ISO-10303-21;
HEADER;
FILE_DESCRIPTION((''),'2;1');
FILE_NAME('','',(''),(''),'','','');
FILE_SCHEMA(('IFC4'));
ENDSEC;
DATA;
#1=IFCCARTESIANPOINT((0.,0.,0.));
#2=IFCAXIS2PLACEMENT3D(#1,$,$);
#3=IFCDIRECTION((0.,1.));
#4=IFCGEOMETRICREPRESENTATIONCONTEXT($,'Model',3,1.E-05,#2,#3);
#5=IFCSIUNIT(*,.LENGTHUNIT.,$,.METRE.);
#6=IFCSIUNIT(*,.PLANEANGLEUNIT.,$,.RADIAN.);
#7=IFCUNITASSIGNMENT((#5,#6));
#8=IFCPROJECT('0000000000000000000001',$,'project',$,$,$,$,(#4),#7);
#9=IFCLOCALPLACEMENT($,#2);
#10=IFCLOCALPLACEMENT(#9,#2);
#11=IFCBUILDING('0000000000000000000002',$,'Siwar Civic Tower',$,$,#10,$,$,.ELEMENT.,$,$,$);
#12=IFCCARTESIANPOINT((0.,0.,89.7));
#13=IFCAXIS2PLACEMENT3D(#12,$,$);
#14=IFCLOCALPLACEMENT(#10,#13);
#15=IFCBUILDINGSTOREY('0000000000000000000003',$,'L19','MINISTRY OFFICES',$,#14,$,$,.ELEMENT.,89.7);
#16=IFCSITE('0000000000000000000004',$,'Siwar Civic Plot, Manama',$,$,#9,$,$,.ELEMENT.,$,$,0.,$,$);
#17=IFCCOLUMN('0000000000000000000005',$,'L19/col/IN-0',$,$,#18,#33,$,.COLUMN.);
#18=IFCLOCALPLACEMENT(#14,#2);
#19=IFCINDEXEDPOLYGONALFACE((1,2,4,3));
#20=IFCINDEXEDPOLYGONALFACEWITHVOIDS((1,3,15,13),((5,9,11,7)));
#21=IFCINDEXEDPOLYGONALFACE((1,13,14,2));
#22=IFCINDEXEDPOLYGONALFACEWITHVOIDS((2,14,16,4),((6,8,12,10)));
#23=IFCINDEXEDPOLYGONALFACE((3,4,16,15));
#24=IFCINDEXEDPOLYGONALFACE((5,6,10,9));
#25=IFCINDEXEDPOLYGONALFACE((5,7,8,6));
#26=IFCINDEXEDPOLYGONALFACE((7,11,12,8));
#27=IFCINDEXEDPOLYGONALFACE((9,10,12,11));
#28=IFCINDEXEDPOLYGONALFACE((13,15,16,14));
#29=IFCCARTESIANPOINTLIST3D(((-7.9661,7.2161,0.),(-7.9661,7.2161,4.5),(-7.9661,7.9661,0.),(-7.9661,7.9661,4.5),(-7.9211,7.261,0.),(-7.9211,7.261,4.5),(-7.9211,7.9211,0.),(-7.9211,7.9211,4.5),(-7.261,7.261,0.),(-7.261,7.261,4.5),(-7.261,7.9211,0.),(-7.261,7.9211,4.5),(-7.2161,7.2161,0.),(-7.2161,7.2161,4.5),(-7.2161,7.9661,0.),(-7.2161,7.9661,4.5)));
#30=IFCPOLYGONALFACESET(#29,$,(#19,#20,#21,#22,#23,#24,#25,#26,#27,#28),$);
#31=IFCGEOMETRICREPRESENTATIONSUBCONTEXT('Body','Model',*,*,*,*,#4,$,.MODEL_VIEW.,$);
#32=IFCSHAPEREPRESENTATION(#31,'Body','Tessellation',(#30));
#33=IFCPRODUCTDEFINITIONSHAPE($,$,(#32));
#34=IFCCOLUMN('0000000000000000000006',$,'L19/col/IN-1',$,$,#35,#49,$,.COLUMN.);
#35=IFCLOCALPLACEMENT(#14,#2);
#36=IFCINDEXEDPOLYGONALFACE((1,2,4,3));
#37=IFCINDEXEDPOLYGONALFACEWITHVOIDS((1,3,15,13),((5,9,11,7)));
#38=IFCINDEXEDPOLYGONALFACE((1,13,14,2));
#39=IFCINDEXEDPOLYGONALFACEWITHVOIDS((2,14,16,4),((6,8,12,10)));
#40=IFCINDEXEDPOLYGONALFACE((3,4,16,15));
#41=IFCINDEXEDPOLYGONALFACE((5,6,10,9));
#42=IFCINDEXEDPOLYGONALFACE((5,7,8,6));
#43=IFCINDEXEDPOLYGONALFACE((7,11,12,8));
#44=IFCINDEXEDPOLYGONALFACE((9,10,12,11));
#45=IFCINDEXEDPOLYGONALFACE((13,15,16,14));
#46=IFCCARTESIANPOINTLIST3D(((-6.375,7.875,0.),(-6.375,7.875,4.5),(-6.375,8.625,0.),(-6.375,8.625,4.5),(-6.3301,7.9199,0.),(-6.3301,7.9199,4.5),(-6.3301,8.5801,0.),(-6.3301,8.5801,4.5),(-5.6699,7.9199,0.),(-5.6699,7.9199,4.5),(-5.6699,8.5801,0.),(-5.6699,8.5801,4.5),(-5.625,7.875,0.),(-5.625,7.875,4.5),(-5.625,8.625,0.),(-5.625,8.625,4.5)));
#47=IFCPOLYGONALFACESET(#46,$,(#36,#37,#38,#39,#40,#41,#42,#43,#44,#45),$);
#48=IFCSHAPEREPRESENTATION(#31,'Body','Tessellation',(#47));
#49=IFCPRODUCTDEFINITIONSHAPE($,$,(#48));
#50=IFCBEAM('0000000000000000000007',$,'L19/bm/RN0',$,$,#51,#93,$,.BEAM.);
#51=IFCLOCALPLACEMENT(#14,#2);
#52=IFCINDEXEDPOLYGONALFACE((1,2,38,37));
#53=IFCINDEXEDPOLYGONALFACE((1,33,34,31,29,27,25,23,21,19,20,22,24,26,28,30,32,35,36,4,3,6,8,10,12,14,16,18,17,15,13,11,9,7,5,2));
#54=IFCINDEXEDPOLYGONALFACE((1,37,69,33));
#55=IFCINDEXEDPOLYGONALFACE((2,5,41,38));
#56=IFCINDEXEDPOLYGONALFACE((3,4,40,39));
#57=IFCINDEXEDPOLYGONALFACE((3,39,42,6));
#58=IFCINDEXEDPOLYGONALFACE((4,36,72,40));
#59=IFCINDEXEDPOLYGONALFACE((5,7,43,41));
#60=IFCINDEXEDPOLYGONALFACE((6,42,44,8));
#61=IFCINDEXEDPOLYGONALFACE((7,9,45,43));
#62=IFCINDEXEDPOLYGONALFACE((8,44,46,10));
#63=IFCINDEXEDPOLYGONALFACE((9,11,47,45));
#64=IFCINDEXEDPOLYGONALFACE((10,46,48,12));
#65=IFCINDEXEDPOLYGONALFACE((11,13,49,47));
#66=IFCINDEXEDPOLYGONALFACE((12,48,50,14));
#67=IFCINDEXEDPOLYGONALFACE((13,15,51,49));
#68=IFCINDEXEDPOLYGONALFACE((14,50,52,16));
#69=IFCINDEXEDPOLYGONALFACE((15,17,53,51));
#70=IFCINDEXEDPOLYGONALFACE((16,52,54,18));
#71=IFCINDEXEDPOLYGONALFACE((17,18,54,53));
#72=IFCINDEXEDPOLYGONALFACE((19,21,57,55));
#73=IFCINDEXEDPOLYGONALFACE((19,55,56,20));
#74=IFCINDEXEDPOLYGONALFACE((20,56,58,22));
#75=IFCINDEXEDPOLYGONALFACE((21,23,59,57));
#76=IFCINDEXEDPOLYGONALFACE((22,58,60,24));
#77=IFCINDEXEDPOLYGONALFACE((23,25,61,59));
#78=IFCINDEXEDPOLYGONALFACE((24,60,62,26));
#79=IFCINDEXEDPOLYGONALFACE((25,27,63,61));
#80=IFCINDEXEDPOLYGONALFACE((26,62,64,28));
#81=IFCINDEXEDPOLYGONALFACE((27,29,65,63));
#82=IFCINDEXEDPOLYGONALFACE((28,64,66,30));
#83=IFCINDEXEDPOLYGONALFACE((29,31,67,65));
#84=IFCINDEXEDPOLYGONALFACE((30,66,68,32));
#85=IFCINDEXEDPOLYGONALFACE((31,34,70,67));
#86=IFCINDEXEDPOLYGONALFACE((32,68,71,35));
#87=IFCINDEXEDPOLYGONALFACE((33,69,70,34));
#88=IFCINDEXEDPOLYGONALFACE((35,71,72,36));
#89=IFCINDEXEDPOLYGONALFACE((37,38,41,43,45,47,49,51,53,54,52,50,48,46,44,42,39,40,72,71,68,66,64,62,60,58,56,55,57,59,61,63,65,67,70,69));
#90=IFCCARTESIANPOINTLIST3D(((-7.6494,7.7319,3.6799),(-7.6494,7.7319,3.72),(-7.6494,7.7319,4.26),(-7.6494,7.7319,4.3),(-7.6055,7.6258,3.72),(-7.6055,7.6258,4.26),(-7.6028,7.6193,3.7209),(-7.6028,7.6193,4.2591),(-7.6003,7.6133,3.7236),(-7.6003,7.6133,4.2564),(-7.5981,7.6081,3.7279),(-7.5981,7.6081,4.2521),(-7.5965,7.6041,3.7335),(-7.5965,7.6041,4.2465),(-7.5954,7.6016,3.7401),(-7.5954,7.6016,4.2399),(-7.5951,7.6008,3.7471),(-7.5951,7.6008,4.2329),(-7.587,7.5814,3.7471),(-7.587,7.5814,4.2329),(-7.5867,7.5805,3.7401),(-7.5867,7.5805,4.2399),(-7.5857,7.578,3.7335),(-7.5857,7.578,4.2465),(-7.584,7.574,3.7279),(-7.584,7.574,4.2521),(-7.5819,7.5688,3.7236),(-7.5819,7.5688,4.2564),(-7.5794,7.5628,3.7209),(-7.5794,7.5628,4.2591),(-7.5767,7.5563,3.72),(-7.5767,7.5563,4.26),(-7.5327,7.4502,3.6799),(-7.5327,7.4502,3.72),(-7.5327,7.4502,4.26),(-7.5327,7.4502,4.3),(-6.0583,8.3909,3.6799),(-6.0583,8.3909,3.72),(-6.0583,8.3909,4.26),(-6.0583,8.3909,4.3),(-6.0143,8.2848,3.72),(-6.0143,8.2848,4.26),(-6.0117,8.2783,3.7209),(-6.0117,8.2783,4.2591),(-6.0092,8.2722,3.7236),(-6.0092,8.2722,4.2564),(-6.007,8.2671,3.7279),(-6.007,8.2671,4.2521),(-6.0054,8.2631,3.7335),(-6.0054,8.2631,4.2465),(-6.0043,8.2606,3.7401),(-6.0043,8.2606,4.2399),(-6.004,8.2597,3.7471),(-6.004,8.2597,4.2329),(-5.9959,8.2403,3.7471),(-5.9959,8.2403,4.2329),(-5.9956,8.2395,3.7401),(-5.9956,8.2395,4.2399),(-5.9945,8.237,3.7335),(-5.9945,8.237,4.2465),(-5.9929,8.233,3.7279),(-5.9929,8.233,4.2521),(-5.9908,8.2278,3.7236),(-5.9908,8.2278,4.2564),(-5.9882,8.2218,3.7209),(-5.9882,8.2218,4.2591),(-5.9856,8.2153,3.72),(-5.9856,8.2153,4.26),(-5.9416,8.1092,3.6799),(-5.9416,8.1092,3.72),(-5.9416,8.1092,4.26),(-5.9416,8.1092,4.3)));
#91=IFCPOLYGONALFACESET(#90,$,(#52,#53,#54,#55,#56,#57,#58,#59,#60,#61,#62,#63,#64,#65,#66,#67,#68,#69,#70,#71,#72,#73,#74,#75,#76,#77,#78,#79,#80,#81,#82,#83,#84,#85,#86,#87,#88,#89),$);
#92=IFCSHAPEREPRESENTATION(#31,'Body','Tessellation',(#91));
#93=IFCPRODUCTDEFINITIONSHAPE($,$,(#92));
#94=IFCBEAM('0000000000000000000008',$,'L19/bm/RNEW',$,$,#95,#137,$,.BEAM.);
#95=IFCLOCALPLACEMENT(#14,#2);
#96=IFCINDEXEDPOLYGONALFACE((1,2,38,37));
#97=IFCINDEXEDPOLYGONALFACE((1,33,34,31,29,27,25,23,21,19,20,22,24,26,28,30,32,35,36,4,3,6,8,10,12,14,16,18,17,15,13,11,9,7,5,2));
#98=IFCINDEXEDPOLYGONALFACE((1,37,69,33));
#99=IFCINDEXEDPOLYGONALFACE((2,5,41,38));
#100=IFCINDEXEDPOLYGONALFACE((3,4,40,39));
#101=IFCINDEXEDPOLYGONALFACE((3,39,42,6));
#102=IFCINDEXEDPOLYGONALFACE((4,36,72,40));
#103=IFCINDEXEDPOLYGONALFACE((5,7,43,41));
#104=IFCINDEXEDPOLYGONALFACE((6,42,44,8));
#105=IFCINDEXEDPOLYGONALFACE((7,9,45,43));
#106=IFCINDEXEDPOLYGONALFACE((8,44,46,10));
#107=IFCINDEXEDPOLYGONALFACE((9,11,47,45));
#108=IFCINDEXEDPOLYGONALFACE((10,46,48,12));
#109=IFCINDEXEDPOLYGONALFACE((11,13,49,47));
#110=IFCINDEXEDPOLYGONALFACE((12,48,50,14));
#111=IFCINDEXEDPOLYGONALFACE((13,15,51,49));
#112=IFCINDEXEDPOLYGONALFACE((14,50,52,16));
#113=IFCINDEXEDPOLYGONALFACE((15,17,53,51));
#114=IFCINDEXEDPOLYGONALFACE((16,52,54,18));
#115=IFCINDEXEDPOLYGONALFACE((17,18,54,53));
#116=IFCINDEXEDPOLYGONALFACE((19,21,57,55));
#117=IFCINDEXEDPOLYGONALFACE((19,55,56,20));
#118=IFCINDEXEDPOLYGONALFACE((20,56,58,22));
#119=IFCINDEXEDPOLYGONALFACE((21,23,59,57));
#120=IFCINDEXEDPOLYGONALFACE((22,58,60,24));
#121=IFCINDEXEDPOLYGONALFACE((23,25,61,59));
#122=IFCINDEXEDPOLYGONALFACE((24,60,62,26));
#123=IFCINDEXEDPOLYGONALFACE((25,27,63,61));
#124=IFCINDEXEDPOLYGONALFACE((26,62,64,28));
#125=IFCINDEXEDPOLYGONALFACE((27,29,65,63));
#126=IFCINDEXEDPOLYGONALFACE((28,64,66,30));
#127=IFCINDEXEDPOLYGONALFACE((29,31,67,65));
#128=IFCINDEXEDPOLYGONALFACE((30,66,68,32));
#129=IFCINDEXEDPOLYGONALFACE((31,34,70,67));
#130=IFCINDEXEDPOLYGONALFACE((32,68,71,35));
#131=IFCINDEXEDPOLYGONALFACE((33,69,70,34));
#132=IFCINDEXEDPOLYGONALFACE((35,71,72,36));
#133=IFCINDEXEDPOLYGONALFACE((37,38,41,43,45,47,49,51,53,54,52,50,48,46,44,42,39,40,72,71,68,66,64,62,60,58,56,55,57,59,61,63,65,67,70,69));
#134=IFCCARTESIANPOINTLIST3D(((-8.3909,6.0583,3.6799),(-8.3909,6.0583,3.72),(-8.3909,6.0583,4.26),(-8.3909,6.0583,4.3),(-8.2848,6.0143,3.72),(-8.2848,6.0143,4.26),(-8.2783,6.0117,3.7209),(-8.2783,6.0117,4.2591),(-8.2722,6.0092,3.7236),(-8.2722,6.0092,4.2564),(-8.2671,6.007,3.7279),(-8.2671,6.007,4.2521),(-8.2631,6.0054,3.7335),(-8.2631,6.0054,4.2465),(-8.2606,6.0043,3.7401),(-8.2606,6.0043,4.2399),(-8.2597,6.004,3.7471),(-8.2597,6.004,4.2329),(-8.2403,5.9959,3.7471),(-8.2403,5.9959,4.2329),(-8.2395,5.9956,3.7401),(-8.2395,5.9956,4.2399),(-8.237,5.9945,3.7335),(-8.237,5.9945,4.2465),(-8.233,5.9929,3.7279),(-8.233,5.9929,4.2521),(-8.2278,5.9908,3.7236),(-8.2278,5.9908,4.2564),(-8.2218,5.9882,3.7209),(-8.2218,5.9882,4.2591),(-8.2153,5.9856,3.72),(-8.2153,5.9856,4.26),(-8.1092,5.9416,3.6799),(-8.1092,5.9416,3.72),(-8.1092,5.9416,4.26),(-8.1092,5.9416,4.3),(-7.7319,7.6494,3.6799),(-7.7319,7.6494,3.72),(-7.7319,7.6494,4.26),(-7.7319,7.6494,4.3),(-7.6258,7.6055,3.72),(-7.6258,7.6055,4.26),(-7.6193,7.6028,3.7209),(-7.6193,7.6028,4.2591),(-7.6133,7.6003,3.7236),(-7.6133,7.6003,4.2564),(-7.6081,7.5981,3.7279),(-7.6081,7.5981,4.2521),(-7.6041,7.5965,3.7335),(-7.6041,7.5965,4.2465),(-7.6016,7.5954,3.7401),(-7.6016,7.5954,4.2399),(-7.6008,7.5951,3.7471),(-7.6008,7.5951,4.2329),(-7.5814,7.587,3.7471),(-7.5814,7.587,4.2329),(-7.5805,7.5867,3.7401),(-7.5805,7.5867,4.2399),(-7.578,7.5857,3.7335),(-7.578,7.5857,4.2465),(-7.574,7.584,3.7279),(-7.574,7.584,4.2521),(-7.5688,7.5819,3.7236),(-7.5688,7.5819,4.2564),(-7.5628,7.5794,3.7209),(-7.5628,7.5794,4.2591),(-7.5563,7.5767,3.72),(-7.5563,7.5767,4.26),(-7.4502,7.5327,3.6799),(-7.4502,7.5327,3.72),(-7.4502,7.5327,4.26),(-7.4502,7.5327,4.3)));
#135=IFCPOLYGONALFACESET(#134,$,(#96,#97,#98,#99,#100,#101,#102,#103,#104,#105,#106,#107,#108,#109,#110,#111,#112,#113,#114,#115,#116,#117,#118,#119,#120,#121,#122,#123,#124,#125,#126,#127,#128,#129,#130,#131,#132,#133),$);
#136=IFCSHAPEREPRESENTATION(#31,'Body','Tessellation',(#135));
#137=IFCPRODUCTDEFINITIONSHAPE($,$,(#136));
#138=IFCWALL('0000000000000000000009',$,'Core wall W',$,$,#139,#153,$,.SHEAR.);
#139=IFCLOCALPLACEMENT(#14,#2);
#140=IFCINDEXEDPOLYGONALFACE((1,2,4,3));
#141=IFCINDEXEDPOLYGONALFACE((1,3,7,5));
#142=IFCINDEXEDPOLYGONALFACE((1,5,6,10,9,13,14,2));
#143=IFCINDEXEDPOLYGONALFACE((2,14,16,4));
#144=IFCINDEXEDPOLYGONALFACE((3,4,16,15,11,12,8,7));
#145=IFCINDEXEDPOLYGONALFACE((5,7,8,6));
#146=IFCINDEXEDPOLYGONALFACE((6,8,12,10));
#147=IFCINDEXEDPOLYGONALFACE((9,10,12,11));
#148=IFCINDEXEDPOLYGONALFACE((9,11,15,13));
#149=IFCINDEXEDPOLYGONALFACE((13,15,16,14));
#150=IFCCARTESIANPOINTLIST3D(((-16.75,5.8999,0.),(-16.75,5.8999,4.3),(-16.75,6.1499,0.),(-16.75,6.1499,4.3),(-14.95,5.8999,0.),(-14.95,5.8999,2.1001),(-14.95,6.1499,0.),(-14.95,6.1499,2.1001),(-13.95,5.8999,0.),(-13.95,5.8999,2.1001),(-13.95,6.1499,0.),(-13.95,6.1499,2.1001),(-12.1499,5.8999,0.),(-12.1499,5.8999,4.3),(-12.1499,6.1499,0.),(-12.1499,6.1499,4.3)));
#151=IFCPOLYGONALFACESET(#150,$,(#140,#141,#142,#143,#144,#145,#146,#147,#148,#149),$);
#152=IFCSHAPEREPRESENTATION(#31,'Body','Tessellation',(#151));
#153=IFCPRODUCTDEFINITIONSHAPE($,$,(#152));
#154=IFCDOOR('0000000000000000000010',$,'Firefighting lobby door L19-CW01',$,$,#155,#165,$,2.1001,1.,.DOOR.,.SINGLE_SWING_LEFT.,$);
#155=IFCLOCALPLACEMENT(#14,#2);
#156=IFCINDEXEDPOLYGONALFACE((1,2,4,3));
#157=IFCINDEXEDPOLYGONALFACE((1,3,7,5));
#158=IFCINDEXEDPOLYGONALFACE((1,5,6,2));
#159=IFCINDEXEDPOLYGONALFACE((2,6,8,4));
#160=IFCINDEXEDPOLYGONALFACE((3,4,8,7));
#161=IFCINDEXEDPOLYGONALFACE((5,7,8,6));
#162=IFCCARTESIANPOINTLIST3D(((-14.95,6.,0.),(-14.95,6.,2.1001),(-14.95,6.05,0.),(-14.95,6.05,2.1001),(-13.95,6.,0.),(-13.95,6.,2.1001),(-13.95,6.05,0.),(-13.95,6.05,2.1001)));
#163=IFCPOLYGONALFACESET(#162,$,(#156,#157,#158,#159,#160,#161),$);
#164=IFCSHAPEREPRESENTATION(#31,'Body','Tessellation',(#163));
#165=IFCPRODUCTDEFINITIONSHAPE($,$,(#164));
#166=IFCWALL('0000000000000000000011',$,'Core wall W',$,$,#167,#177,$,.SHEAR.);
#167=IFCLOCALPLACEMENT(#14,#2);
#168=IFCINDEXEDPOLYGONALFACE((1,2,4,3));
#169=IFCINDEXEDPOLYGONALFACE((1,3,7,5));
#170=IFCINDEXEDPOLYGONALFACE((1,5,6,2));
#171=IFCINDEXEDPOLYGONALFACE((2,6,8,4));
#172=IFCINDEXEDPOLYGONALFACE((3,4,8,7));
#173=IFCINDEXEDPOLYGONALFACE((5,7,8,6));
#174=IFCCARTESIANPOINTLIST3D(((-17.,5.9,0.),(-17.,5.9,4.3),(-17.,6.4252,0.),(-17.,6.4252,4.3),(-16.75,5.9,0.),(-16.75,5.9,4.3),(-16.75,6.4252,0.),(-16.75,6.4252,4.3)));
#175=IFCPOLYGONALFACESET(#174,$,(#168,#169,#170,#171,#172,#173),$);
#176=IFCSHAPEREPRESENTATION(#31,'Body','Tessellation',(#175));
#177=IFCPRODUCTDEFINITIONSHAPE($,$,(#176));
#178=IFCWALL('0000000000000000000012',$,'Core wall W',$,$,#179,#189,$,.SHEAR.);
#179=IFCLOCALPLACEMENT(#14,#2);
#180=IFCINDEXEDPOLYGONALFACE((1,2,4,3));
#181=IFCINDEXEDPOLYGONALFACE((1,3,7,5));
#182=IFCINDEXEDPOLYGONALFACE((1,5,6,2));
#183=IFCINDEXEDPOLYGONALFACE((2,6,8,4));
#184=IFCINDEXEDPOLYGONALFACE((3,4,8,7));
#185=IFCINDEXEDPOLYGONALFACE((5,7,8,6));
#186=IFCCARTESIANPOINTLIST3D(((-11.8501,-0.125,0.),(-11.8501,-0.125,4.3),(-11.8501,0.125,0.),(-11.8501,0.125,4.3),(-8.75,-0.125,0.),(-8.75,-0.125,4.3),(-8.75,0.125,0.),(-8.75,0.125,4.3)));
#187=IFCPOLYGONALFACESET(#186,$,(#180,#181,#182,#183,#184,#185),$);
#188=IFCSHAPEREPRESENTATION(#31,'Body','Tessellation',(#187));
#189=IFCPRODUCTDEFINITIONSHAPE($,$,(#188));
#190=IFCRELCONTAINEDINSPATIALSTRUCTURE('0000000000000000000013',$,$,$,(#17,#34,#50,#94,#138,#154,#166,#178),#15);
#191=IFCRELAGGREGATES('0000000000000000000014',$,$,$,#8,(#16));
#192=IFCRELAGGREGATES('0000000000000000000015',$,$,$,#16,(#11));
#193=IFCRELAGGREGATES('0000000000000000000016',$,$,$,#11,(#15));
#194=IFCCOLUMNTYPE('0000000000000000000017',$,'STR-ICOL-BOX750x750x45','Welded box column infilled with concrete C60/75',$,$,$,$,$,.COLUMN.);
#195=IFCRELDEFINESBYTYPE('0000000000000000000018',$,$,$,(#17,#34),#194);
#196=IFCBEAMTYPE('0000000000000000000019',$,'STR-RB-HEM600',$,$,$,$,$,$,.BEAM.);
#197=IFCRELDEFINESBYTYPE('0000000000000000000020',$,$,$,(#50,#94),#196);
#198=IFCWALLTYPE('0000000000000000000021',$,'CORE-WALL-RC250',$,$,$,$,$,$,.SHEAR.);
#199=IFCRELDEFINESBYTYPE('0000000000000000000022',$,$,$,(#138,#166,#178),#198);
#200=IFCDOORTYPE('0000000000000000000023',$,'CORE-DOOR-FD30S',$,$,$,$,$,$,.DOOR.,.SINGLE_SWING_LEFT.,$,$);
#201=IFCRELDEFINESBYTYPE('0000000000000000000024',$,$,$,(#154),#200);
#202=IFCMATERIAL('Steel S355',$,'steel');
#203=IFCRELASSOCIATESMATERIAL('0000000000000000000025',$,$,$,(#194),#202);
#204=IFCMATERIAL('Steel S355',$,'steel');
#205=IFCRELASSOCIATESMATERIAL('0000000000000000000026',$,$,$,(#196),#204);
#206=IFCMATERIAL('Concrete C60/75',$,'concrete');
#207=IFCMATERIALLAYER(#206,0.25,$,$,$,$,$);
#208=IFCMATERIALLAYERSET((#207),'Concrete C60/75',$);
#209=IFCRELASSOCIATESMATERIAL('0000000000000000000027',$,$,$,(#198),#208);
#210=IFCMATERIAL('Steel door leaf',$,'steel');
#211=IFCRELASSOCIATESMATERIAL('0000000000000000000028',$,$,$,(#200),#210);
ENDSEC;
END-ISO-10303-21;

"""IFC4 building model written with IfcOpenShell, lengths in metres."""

from ifc_helpers import new_model, si_unit, direction, frame, frame_2d, origin, origin_2d, place, context, subcontext, project, spatial, rectangle, hollow_rectangle, i_section, extrude, material, layer, layer_set, material_profile, profile_set, type_object, element, fill, save


model = new_model("IFC4")

# Units and contexts
model_context = context("Model", 3, precision=1e-05, world=origin(), true_north=direction((0.0, 1.0)))
body_context = subcontext(model_context, "Body", "Model", "MODEL_VIEW")
ifc_project = project(units=[si_unit("LENGTHUNIT", "METRE"), si_unit("PLANEANGLEUNIT", "RADIAN")], contexts=[model_context])

# Site, building, storey
site_placement = place(None, origin())
site = spatial("IfcSite", under=ifc_project, at=site_placement, Name="Siwar Civic Plot, Manama", CompositionType="ELEMENT", RefElevation=0.0)
building_placement = place(site_placement, origin())
building = spatial("IfcBuilding", under=site, at=building_placement, Name="Siwar Civic Tower", CompositionType="ELEMENT")
storey_placement = place(building_placement, frame((0.0, 0.0, 89.7)))
storey = spatial("IfcBuildingStorey", under=building, at=storey_placement, Name="L19", Description="MINISTRY OFFICES", CompositionType="ELEMENT", Elevation=89.7)

# Columns
ifc_material_1 = material(Name="Steel S355", Category="steel")
ifc_material_profile_1 = material_profile(ifc_material_1, hollow_rectangle(XDim=0.75, YDim=0.75, WallThickness=0.0449, at=origin_2d()), Name="BOX750x750x45")
ifc_profile_set_1 = profile_set([ifc_material_profile_1], Name="Steel S355")
column_type = type_object("IfcColumnType", Name="STR-ICOL-BOX750x750x45", Description="Welded box column infilled with concrete C60/75", PredefinedType="COLUMN", material=ifc_profile_set_1)
for number, where, z_axis, x_axis, name in (
    (1, (-7.5911, 7.5911, 0.0), (0.0, 0.0, 1.0), (1.0, 0.0, 0.0), "L19/col/IN-0"),
    (2, (-6.0, 8.25, 0.0), (0.0, 0.0, 1.0), (1.0, 0.0, 0.0), "L19/col/IN-1"),
):
    element("IfcColumn", number, at=place(storey_placement, frame(where, z_axis=z_axis, x_axis=x_axis)), inside=storey, type_object=column_type, Name=name, PredefinedType="COLUMN", context=body_context, shape_type="SweptSolid", body=[
        extrude(hollow_rectangle(XDim=0.75, YDim=0.75, WallThickness=0.0449, at=origin_2d()), origin(), (0.0, 0.0, 1.0), 4.5),
    ])

# Beams
ifc_material_2 = material(Name="Steel S355", Category="steel")
ifc_material_profile_2 = material_profile(ifc_material_2, i_section(OverallWidth=0.3049, OverallDepth=0.6201, WebThickness=0.021, FlangeThickness=0.04, FilletRadius=0.0271, at=origin_2d()), Name="HEM600")
ifc_profile_set_2 = profile_set([ifc_material_profile_2], Name="Steel S355")
beam_type = type_object("IfcBeamType", Name="STR-RB-HEM600", PredefinedType="BEAM", material=ifc_profile_set_2)
for number, where, z_axis, x_axis, name in (
    (3, (-7.5911, 7.5911, 3.99), (0.923901, 0.382631, 0.0), (-0.382631, 0.923901, 0.0), "L19/bm/RN0"),
    (4, (-7.5911, 7.5911, 3.99), (-0.382631, -0.923901, 0.0), (0.923901, -0.382631, 0.0), "L19/bm/RNEW"),
):
    element("IfcBeam", number, at=place(storey_placement, frame(where, z_axis=z_axis, x_axis=x_axis)), inside=storey, type_object=beam_type, Name=name, PredefinedType="BEAM", context=body_context, shape_type="SweptSolid", body=[
        extrude(i_section(OverallWidth=0.3049, OverallDepth=0.6201, WebThickness=0.021, FlangeThickness=0.04, FilletRadius=0.0271, at=origin_2d()), origin(), (0.0, 0.0, 1.0), 1.7222),
    ])

# Wall, opening, door
ifc_material_3 = material(Name="Concrete C60/75", Category="concrete")
ifc_layer_1 = layer(ifc_material_3, 0.25)
ifc_layer_set_1 = layer_set([ifc_layer_1], Name="Concrete C60/75")
wall_type_1 = type_object("IfcWallType", Name="CORE-WALL-RC250", PredefinedType="SHEAR", material=ifc_layer_set_1)
wall_1_placement = place(storey_placement, frame((-12.1499, 6.0249, 0.0), z_axis=(0.0, 0.0, 1.0), x_axis=(-1.0, 0.0, 0.0)))
wall_1 = element("IfcWall", 5, at=wall_1_placement, inside=storey, type_object=wall_type_1, Name="Core wall W", PredefinedType="SHEAR", context=body_context, shape_type="SweptSolid", body=[
    extrude(rectangle(XDim=4.6001, YDim=0.25, at=frame_2d((2.3, 0.0))), origin(), (0.0, 0.0, 1.0), 4.3),
])
opening_placement = place(wall_1_placement, frame((1.8, 0.0, 0.0)))
opening = element("IfcOpeningElement", 6, at=opening_placement, cuts=wall_1, PredefinedType="OPENING", context=body_context, shape_type="SweptSolid", body=[
    extrude(rectangle(XDim=1.0, YDim=2.1001, at=frame_2d((0.5, 1.05))), frame((0.0, 0.135, 0.0), z_axis=(0.0, -1.0, 0.0), x_axis=(1.0, 0.0, 0.0)), (0.0, 0.0, 1.0), 0.27),
])
ifc_material_4 = material(Name="Steel door leaf", Category="steel")
door_type = type_object("IfcDoorType", Name="CORE-DOOR-FD30S", OperationType="SINGLE_SWING_LEFT", PredefinedType="DOOR", material=ifc_material_4)
door_placement = place(opening_placement, origin())
door = element("IfcDoor", 7, at=door_placement, inside=storey, type_object=door_type, Name="Firefighting lobby door L19-CW01", OperationType="SINGLE_SWING_LEFT", OverallHeight=2.1001, OverallWidth=1.0, PredefinedType="DOOR", context=body_context, shape_type="SweptSolid", body=[
    extrude(rectangle(XDim=1.0, YDim=2.1001, at=frame_2d((0.5, 1.05))), frame((0.0, 0.0249, 0.0), z_axis=(0.0, -1.0, 0.0), x_axis=(1.0, 0.0, 0.0)), (0.0, 0.0, 1.0), 0.05),
])
fill(opening, door)

# Walls
wall_2_placement = place(storey_placement, frame((-16.875, 5.8999, 0.0), z_axis=(0.0, 0.0, 1.0), x_axis=(0.0, 1.0, 0.0)))
element("IfcWall", 8, at=wall_2_placement, inside=storey, type_object=wall_type_1, Name="Core wall W", PredefinedType="SHEAR", context=body_context, shape_type="SweptSolid", body=[
    extrude(rectangle(XDim=0.5251, YDim=0.25, at=frame_2d((0.2627, 0.0))), origin(), (0.0, 0.0, 1.0), 4.3),
])
for number, where, z_axis, x_axis, name in (
    (9, (-8.75, 0.0, 0.0), (0.0, 0.0, 1.0), (-1.0, 0.0, 0.0), "Core wall W"),
):
    element("IfcWall", number, at=place(storey_placement, frame(where, z_axis=z_axis, x_axis=x_axis)), inside=storey, type_object=wall_type_1, Name=name, PredefinedType="SHEAR", context=body_context, shape_type="SweptSolid", body=[
        extrude(rectangle(XDim=3.1001, YDim=0.25, at=frame_2d((1.55, 0.0))), origin(), (0.0, 0.0, 1.0), 4.3),
    ])

save(model, "model.ifc")
